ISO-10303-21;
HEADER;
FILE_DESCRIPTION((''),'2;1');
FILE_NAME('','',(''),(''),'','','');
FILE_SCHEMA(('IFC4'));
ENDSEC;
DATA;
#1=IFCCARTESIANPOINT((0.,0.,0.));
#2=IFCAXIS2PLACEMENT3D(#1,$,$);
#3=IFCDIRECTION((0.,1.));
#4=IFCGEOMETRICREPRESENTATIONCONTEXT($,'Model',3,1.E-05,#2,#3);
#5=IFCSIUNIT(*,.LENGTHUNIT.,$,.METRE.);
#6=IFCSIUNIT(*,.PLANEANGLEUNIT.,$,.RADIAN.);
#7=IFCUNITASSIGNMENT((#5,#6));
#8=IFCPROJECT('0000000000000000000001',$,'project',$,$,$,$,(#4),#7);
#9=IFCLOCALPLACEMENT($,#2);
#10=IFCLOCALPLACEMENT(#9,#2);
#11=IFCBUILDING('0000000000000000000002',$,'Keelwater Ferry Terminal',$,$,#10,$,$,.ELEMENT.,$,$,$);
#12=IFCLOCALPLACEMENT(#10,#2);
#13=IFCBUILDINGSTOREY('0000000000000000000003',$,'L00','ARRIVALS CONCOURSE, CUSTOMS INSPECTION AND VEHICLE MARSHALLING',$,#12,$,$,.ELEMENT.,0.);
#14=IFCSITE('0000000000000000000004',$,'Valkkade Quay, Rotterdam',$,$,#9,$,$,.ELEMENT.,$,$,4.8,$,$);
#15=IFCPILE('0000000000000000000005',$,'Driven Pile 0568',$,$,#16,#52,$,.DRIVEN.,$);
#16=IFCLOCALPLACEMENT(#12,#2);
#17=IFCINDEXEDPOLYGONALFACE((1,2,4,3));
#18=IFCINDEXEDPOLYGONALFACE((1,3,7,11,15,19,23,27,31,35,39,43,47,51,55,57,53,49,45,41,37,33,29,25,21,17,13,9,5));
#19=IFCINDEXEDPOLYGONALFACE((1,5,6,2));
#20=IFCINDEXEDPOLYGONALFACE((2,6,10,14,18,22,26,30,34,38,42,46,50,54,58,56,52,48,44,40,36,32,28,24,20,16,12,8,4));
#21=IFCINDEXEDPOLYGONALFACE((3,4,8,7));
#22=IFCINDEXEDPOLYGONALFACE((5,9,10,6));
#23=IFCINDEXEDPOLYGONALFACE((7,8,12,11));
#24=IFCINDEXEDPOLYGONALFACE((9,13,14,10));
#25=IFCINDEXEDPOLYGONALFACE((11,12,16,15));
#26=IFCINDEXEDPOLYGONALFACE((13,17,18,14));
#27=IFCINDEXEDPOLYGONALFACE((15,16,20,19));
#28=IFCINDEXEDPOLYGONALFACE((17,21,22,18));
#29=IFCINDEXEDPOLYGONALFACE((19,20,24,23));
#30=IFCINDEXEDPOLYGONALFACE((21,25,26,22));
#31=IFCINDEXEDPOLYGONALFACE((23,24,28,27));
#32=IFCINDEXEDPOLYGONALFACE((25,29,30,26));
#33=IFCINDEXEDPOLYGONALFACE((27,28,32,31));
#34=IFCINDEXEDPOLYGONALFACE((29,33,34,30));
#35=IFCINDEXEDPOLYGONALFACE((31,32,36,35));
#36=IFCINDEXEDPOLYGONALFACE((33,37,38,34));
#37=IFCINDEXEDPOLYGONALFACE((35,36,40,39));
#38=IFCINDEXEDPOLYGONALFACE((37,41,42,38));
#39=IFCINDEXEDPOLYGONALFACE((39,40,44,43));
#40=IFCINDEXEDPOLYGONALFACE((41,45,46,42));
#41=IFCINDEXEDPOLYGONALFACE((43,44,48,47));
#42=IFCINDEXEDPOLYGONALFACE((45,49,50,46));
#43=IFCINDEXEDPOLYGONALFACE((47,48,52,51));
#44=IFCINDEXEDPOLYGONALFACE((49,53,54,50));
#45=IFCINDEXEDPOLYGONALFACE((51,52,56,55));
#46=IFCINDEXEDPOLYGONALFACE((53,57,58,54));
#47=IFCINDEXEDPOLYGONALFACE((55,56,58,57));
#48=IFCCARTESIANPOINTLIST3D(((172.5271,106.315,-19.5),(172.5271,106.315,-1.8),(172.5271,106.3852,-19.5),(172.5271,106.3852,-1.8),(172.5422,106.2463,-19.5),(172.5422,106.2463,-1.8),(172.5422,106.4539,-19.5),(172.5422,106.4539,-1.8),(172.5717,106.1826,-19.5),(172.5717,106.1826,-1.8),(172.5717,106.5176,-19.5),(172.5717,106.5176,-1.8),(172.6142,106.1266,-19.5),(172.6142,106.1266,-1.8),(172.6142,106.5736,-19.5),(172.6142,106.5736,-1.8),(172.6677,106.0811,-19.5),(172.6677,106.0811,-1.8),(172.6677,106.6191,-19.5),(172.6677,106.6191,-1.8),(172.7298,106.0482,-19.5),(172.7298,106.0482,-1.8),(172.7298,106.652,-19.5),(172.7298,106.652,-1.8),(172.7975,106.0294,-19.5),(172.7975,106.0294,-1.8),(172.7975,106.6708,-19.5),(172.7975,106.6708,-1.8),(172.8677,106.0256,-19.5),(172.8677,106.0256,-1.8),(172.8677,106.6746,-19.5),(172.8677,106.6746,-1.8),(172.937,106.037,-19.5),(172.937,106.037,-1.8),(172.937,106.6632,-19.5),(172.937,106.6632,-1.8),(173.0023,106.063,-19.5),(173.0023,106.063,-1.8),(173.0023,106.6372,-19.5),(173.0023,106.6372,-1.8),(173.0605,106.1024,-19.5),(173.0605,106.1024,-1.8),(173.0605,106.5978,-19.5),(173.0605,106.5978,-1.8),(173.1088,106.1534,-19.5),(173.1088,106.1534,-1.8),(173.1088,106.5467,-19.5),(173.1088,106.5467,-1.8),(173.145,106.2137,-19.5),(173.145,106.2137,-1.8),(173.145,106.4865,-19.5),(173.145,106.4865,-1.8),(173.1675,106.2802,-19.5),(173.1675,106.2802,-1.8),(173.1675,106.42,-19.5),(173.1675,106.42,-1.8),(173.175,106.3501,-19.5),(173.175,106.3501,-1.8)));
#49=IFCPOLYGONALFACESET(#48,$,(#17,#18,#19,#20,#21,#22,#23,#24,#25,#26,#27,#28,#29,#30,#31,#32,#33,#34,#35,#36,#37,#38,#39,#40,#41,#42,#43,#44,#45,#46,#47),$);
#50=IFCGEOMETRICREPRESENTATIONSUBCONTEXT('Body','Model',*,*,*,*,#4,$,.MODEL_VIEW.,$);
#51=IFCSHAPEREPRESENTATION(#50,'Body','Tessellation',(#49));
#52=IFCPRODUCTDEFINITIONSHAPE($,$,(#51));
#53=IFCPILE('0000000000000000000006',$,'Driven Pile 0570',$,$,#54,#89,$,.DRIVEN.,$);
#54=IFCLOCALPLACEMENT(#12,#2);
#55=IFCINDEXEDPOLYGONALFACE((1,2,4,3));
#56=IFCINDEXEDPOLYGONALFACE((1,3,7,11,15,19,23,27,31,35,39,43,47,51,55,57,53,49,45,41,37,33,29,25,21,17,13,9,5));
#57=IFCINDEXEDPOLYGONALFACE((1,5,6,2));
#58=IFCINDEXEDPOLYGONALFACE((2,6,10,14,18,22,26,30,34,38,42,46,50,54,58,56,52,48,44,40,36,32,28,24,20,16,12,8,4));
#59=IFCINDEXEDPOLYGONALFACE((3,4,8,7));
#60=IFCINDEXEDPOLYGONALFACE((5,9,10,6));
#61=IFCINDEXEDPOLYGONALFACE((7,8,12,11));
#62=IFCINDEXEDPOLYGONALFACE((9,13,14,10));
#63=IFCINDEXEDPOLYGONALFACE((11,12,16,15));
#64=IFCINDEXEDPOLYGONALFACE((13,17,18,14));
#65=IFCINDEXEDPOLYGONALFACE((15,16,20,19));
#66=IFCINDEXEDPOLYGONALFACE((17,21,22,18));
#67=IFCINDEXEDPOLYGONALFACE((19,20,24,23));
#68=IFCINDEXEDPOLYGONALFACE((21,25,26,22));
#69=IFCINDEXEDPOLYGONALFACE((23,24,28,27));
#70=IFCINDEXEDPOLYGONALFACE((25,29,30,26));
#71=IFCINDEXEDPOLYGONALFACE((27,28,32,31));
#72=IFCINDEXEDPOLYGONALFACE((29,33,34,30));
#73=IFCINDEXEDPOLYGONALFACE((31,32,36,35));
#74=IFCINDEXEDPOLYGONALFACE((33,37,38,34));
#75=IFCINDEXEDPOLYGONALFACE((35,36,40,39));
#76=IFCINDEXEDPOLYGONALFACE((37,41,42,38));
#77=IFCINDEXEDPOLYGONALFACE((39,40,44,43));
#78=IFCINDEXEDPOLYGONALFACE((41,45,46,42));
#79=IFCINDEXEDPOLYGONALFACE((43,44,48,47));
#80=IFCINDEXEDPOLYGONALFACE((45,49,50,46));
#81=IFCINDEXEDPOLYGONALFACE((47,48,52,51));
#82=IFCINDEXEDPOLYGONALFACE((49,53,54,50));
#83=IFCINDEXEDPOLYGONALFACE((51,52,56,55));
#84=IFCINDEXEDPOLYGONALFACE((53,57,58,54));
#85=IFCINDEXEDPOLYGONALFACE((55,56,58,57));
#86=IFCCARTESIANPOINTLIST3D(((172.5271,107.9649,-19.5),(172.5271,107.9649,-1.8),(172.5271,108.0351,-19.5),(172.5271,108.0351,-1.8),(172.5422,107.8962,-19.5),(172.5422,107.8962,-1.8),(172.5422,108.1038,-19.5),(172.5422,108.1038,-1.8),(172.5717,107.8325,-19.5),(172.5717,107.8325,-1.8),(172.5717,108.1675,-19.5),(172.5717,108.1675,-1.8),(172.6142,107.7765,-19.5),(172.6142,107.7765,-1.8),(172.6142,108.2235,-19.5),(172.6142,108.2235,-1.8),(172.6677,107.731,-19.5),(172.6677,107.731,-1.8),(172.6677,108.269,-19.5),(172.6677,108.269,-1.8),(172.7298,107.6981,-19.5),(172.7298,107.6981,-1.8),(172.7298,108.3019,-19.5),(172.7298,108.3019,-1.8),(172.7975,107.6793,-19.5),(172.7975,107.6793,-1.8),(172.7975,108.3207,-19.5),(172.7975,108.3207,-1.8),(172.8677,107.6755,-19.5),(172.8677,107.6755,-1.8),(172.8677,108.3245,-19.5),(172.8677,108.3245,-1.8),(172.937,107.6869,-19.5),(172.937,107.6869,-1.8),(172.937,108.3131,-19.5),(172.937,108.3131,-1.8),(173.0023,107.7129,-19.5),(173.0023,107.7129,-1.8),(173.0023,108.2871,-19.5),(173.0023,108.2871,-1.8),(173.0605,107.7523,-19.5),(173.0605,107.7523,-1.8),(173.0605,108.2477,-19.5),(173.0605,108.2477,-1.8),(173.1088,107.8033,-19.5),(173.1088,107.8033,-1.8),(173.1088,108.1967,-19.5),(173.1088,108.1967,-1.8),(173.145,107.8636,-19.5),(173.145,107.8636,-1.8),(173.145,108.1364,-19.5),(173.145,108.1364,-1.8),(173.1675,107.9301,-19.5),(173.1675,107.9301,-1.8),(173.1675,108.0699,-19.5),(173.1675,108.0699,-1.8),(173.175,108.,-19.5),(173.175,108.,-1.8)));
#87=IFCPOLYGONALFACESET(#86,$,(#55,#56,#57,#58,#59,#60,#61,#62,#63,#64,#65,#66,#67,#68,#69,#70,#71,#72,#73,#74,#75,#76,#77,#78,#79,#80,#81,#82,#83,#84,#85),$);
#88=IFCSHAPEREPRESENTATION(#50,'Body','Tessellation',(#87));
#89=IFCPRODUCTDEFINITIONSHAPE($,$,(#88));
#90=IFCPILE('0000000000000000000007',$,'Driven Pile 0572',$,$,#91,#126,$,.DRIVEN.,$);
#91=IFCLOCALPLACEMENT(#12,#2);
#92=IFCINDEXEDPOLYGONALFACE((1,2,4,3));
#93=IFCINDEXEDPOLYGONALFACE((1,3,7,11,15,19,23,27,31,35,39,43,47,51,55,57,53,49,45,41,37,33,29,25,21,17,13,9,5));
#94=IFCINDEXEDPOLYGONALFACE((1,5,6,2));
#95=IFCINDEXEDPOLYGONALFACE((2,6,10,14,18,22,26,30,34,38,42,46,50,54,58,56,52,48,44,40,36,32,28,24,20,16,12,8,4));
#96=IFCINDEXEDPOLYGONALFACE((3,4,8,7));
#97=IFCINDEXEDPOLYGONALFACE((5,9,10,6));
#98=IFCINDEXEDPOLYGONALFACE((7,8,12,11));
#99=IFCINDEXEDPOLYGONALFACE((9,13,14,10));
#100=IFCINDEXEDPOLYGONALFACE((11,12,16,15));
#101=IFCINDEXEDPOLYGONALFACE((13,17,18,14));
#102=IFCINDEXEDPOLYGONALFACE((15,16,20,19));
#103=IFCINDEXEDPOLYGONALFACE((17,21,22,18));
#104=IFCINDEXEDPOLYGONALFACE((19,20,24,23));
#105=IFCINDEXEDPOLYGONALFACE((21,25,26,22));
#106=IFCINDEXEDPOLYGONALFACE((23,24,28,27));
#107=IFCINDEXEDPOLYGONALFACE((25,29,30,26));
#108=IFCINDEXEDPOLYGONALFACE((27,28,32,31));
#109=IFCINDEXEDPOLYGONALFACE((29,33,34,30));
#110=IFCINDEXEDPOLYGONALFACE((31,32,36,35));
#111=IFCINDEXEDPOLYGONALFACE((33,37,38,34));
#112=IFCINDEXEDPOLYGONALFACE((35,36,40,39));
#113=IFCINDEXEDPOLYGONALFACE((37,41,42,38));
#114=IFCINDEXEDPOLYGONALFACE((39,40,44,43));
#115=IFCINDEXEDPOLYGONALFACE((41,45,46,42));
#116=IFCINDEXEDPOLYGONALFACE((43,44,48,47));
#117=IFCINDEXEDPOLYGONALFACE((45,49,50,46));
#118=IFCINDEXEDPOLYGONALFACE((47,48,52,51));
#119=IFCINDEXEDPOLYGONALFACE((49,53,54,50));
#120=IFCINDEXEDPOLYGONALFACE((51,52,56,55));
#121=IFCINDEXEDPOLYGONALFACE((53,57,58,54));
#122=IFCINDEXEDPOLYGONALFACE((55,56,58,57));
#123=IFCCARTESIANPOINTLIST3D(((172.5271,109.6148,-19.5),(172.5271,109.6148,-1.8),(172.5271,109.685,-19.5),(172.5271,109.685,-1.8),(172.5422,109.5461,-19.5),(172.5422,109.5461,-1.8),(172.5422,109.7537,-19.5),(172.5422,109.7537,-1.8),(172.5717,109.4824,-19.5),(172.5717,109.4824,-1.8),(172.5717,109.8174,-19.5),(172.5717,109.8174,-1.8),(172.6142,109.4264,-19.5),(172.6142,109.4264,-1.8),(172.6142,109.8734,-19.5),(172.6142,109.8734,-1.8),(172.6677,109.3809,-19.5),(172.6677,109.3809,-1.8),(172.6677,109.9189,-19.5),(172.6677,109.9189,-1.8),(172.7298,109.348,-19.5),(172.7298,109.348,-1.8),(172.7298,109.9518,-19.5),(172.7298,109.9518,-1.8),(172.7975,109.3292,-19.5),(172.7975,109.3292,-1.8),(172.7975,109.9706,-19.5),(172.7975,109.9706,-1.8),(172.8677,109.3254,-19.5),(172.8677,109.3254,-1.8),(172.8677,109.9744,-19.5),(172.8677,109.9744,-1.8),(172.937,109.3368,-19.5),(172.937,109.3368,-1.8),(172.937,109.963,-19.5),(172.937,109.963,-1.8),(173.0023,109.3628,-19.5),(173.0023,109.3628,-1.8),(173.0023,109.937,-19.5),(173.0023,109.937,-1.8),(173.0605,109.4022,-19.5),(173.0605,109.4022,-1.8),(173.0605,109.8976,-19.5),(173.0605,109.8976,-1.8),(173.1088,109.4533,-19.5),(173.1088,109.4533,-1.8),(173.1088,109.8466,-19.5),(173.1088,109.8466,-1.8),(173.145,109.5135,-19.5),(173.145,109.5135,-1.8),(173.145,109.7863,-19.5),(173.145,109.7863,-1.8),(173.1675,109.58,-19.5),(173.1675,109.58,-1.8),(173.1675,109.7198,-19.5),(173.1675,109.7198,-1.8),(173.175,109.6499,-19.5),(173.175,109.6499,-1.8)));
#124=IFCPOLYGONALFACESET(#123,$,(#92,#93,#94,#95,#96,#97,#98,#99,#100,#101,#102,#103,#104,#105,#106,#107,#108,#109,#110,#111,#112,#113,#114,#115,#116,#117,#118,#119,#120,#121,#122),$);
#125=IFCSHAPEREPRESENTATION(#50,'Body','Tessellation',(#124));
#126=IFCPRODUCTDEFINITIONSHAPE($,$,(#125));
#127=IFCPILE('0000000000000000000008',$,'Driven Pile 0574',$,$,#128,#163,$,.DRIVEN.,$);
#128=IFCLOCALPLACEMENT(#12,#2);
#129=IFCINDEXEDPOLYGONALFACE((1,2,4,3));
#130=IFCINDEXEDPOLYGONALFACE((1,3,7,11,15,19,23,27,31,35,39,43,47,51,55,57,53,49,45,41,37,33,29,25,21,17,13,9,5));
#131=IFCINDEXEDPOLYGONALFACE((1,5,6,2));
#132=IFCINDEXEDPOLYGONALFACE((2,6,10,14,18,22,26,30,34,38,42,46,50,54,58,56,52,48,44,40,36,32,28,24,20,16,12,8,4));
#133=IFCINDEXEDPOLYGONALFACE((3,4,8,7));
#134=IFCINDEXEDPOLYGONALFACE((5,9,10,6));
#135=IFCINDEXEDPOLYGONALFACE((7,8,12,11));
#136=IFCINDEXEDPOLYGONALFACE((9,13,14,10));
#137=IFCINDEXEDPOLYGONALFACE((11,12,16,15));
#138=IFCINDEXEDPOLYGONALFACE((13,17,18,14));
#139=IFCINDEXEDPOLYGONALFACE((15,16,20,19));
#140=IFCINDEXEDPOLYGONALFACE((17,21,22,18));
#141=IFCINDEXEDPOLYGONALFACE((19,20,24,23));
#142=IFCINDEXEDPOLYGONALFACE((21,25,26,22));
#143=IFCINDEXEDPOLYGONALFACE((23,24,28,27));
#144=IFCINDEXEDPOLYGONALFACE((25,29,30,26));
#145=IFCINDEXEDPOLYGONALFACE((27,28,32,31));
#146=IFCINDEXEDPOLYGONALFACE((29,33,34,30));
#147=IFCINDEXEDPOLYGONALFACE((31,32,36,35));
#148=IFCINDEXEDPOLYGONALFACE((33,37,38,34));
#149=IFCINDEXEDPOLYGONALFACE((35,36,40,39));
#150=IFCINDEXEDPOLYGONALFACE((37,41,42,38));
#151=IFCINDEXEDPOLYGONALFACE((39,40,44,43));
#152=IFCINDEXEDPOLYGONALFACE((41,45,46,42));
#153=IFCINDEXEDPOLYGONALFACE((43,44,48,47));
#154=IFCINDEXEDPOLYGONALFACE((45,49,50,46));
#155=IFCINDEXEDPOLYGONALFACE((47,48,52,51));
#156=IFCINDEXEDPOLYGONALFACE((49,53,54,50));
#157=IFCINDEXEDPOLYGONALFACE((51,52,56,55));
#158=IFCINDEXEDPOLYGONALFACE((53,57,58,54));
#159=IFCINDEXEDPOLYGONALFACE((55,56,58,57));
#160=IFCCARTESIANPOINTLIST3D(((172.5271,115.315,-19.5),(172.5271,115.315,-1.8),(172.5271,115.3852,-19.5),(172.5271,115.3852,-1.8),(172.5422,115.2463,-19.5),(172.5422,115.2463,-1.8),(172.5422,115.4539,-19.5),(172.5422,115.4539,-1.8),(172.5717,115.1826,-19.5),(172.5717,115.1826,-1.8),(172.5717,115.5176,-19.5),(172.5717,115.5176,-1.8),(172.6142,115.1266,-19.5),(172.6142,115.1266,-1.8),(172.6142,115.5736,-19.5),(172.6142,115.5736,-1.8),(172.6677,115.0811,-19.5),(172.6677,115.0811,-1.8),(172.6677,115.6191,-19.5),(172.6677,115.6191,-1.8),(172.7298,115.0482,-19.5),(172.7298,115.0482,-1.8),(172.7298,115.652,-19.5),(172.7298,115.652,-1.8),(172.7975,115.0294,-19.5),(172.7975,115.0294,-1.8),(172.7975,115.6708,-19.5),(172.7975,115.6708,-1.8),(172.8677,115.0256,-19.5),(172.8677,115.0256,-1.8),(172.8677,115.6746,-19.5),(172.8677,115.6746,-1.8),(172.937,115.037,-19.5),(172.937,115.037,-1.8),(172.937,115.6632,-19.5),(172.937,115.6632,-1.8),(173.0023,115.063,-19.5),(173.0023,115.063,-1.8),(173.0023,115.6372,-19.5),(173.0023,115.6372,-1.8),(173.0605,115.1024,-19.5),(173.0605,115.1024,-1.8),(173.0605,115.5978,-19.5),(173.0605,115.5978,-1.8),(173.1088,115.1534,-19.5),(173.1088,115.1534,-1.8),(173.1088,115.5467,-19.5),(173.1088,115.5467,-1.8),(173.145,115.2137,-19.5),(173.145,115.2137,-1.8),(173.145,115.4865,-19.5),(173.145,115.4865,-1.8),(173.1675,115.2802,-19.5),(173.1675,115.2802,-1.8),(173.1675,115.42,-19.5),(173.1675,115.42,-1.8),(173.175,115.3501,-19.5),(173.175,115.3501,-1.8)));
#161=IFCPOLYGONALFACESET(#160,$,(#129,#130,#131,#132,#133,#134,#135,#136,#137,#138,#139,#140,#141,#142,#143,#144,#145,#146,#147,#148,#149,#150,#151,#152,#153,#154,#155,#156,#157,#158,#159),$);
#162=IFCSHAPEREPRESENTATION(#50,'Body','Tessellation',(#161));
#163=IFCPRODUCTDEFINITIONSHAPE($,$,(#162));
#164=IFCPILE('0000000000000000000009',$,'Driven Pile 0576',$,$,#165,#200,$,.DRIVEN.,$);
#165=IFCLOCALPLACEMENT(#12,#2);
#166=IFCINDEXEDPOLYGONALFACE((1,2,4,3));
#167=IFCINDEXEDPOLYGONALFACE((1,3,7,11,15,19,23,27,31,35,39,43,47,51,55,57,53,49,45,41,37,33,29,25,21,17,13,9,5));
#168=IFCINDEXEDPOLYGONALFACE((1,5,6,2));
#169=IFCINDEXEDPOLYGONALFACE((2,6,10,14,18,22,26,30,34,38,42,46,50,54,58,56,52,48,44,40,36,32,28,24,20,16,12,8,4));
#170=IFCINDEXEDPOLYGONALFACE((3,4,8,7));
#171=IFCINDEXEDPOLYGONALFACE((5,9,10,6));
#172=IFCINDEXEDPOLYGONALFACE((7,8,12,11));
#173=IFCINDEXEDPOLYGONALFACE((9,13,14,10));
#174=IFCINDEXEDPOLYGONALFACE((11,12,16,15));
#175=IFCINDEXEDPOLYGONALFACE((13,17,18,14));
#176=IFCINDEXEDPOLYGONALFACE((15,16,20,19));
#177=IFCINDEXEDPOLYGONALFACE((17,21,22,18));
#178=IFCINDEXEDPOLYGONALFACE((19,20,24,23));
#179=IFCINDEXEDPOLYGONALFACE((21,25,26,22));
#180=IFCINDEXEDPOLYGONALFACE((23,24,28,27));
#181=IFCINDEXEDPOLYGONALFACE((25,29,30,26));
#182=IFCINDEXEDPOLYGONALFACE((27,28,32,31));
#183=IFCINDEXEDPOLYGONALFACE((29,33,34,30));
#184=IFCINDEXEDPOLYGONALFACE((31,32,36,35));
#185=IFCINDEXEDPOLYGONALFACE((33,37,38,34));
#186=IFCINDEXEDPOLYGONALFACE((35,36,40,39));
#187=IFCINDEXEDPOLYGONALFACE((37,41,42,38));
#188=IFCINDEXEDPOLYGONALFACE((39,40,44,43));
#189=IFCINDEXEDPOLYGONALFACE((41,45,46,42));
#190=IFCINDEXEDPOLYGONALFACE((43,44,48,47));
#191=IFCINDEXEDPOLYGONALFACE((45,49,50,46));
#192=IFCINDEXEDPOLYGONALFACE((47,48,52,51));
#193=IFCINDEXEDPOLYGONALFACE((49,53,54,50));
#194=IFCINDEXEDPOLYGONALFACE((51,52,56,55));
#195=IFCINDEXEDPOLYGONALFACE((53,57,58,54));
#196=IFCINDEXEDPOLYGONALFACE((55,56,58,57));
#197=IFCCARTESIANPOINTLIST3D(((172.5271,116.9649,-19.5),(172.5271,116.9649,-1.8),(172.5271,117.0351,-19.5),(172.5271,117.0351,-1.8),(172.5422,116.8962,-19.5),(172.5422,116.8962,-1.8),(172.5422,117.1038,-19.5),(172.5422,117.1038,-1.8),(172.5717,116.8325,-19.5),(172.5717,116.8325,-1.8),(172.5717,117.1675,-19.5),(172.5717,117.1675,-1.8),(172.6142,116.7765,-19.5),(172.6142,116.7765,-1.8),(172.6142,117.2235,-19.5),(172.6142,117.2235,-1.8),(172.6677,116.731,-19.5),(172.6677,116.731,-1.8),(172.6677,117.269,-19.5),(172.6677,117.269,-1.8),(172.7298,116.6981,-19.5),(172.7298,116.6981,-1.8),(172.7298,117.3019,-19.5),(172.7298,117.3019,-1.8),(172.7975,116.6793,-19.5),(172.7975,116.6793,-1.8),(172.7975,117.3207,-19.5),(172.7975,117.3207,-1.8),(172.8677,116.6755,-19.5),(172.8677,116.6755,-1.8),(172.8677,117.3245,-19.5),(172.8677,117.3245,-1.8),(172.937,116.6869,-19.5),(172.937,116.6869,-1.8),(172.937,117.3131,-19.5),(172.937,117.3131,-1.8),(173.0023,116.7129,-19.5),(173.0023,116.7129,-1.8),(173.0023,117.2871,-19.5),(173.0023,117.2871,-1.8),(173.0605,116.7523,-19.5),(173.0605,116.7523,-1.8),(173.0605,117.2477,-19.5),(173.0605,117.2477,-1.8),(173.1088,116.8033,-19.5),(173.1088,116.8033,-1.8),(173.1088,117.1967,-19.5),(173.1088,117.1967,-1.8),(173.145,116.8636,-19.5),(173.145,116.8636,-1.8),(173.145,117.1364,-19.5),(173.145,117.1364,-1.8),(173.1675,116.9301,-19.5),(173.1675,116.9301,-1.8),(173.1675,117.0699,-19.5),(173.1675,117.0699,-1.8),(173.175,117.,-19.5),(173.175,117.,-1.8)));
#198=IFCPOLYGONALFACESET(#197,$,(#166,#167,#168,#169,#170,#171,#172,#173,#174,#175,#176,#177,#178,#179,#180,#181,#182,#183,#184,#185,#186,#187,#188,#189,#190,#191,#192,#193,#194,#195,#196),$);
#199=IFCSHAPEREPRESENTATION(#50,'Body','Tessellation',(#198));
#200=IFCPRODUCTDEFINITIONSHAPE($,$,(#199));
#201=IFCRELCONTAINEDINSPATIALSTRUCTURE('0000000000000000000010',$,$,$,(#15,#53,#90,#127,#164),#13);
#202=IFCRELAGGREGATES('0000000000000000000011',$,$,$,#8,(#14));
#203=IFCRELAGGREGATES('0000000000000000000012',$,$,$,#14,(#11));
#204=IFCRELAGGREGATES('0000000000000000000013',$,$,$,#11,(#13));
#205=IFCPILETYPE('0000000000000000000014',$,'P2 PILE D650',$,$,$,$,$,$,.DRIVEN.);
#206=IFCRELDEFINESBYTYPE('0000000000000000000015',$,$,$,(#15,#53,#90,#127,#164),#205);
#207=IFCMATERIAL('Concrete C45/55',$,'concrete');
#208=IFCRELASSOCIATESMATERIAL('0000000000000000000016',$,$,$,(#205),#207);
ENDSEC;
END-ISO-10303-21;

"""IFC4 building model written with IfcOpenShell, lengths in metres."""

from ifc_helpers import new_model, si_unit, direction, frame, origin, origin_2d, place, context, subcontext, project, spatial, circle, extrude, material, material_profile, profile_set, type_object, element, save


model = new_model("IFC4")

# Units and contexts
model_context = context("Model", 3, precision=1e-05, world=origin(), true_north=direction((0.0, 1.0)))
body_context = subcontext(model_context, "Body", "Model", "MODEL_VIEW")
ifc_project = project(units=[si_unit("LENGTHUNIT", "METRE"), si_unit("PLANEANGLEUNIT", "RADIAN")], contexts=[model_context])

# Site, building, storey
site_placement = place(None, origin())
site = spatial("IfcSite", under=ifc_project, at=site_placement, Name="Valkkade Quay, Rotterdam", CompositionType="ELEMENT", RefElevation=4.8)
building_placement = place(site_placement, origin())
building = spatial("IfcBuilding", under=site, at=building_placement, Name="Keelwater Ferry Terminal", CompositionType="ELEMENT")
storey_placement = place(building_placement, origin())
storey = spatial("IfcBuildingStorey", under=building, at=storey_placement, Name="L00", Description="ARRIVALS CONCOURSE, CUSTOMS INSPECTION AND VEHICLE MARSHALLING", CompositionType="ELEMENT", Elevation=0.0)

# Piles
ifc_material_1 = material(Name="Concrete C45/55", Category="concrete")
ifc_material_profile_1 = material_profile(ifc_material_1, circle(Radius=0.325, at=origin_2d()), Name="PILE D650")
ifc_profile_set_1 = profile_set([ifc_material_profile_1], Name="Concrete C45/55")
pile_type = type_object("IfcPileType", Name="P2 PILE D650", PredefinedType="DRIVEN", material=ifc_profile_set_1)
for number, where, z_axis, x_axis, name in (
    (1, (172.8501, 106.3501, -1.8), (0.0, 0.0, -1.0), (1.0, 0.0, 0.0), "Driven Pile 0568"),
    (2, (172.8501, 108.0, -1.8), (0.0, 0.0, -1.0), (1.0, 0.0, 0.0), "Driven Pile 0570"),
    (3, (172.8501, 109.6499, -1.8), (0.0, 0.0, -1.0), (1.0, 0.0, 0.0), "Driven Pile 0572"),
    (4, (172.8501, 115.3501, -1.8), (0.0, 0.0, -1.0), (1.0, 0.0, 0.0), "Driven Pile 0574"),
    (5, (172.8501, 117.0, -1.8), (0.0, 0.0, -1.0), (1.0, 0.0, 0.0), "Driven Pile 0576"),
):
    element("IfcPile", number, at=place(storey_placement, frame(where, z_axis=z_axis, x_axis=x_axis)), inside=storey, type_object=pile_type, Name=name, PredefinedType="DRIVEN", context=body_context, shape_type="SweptSolid", body=[
        extrude(circle(Radius=0.325, at=origin_2d()), origin(), (0.0, 0.0, 1.0), 17.7),
    ])

save(model, "model.ifc")
